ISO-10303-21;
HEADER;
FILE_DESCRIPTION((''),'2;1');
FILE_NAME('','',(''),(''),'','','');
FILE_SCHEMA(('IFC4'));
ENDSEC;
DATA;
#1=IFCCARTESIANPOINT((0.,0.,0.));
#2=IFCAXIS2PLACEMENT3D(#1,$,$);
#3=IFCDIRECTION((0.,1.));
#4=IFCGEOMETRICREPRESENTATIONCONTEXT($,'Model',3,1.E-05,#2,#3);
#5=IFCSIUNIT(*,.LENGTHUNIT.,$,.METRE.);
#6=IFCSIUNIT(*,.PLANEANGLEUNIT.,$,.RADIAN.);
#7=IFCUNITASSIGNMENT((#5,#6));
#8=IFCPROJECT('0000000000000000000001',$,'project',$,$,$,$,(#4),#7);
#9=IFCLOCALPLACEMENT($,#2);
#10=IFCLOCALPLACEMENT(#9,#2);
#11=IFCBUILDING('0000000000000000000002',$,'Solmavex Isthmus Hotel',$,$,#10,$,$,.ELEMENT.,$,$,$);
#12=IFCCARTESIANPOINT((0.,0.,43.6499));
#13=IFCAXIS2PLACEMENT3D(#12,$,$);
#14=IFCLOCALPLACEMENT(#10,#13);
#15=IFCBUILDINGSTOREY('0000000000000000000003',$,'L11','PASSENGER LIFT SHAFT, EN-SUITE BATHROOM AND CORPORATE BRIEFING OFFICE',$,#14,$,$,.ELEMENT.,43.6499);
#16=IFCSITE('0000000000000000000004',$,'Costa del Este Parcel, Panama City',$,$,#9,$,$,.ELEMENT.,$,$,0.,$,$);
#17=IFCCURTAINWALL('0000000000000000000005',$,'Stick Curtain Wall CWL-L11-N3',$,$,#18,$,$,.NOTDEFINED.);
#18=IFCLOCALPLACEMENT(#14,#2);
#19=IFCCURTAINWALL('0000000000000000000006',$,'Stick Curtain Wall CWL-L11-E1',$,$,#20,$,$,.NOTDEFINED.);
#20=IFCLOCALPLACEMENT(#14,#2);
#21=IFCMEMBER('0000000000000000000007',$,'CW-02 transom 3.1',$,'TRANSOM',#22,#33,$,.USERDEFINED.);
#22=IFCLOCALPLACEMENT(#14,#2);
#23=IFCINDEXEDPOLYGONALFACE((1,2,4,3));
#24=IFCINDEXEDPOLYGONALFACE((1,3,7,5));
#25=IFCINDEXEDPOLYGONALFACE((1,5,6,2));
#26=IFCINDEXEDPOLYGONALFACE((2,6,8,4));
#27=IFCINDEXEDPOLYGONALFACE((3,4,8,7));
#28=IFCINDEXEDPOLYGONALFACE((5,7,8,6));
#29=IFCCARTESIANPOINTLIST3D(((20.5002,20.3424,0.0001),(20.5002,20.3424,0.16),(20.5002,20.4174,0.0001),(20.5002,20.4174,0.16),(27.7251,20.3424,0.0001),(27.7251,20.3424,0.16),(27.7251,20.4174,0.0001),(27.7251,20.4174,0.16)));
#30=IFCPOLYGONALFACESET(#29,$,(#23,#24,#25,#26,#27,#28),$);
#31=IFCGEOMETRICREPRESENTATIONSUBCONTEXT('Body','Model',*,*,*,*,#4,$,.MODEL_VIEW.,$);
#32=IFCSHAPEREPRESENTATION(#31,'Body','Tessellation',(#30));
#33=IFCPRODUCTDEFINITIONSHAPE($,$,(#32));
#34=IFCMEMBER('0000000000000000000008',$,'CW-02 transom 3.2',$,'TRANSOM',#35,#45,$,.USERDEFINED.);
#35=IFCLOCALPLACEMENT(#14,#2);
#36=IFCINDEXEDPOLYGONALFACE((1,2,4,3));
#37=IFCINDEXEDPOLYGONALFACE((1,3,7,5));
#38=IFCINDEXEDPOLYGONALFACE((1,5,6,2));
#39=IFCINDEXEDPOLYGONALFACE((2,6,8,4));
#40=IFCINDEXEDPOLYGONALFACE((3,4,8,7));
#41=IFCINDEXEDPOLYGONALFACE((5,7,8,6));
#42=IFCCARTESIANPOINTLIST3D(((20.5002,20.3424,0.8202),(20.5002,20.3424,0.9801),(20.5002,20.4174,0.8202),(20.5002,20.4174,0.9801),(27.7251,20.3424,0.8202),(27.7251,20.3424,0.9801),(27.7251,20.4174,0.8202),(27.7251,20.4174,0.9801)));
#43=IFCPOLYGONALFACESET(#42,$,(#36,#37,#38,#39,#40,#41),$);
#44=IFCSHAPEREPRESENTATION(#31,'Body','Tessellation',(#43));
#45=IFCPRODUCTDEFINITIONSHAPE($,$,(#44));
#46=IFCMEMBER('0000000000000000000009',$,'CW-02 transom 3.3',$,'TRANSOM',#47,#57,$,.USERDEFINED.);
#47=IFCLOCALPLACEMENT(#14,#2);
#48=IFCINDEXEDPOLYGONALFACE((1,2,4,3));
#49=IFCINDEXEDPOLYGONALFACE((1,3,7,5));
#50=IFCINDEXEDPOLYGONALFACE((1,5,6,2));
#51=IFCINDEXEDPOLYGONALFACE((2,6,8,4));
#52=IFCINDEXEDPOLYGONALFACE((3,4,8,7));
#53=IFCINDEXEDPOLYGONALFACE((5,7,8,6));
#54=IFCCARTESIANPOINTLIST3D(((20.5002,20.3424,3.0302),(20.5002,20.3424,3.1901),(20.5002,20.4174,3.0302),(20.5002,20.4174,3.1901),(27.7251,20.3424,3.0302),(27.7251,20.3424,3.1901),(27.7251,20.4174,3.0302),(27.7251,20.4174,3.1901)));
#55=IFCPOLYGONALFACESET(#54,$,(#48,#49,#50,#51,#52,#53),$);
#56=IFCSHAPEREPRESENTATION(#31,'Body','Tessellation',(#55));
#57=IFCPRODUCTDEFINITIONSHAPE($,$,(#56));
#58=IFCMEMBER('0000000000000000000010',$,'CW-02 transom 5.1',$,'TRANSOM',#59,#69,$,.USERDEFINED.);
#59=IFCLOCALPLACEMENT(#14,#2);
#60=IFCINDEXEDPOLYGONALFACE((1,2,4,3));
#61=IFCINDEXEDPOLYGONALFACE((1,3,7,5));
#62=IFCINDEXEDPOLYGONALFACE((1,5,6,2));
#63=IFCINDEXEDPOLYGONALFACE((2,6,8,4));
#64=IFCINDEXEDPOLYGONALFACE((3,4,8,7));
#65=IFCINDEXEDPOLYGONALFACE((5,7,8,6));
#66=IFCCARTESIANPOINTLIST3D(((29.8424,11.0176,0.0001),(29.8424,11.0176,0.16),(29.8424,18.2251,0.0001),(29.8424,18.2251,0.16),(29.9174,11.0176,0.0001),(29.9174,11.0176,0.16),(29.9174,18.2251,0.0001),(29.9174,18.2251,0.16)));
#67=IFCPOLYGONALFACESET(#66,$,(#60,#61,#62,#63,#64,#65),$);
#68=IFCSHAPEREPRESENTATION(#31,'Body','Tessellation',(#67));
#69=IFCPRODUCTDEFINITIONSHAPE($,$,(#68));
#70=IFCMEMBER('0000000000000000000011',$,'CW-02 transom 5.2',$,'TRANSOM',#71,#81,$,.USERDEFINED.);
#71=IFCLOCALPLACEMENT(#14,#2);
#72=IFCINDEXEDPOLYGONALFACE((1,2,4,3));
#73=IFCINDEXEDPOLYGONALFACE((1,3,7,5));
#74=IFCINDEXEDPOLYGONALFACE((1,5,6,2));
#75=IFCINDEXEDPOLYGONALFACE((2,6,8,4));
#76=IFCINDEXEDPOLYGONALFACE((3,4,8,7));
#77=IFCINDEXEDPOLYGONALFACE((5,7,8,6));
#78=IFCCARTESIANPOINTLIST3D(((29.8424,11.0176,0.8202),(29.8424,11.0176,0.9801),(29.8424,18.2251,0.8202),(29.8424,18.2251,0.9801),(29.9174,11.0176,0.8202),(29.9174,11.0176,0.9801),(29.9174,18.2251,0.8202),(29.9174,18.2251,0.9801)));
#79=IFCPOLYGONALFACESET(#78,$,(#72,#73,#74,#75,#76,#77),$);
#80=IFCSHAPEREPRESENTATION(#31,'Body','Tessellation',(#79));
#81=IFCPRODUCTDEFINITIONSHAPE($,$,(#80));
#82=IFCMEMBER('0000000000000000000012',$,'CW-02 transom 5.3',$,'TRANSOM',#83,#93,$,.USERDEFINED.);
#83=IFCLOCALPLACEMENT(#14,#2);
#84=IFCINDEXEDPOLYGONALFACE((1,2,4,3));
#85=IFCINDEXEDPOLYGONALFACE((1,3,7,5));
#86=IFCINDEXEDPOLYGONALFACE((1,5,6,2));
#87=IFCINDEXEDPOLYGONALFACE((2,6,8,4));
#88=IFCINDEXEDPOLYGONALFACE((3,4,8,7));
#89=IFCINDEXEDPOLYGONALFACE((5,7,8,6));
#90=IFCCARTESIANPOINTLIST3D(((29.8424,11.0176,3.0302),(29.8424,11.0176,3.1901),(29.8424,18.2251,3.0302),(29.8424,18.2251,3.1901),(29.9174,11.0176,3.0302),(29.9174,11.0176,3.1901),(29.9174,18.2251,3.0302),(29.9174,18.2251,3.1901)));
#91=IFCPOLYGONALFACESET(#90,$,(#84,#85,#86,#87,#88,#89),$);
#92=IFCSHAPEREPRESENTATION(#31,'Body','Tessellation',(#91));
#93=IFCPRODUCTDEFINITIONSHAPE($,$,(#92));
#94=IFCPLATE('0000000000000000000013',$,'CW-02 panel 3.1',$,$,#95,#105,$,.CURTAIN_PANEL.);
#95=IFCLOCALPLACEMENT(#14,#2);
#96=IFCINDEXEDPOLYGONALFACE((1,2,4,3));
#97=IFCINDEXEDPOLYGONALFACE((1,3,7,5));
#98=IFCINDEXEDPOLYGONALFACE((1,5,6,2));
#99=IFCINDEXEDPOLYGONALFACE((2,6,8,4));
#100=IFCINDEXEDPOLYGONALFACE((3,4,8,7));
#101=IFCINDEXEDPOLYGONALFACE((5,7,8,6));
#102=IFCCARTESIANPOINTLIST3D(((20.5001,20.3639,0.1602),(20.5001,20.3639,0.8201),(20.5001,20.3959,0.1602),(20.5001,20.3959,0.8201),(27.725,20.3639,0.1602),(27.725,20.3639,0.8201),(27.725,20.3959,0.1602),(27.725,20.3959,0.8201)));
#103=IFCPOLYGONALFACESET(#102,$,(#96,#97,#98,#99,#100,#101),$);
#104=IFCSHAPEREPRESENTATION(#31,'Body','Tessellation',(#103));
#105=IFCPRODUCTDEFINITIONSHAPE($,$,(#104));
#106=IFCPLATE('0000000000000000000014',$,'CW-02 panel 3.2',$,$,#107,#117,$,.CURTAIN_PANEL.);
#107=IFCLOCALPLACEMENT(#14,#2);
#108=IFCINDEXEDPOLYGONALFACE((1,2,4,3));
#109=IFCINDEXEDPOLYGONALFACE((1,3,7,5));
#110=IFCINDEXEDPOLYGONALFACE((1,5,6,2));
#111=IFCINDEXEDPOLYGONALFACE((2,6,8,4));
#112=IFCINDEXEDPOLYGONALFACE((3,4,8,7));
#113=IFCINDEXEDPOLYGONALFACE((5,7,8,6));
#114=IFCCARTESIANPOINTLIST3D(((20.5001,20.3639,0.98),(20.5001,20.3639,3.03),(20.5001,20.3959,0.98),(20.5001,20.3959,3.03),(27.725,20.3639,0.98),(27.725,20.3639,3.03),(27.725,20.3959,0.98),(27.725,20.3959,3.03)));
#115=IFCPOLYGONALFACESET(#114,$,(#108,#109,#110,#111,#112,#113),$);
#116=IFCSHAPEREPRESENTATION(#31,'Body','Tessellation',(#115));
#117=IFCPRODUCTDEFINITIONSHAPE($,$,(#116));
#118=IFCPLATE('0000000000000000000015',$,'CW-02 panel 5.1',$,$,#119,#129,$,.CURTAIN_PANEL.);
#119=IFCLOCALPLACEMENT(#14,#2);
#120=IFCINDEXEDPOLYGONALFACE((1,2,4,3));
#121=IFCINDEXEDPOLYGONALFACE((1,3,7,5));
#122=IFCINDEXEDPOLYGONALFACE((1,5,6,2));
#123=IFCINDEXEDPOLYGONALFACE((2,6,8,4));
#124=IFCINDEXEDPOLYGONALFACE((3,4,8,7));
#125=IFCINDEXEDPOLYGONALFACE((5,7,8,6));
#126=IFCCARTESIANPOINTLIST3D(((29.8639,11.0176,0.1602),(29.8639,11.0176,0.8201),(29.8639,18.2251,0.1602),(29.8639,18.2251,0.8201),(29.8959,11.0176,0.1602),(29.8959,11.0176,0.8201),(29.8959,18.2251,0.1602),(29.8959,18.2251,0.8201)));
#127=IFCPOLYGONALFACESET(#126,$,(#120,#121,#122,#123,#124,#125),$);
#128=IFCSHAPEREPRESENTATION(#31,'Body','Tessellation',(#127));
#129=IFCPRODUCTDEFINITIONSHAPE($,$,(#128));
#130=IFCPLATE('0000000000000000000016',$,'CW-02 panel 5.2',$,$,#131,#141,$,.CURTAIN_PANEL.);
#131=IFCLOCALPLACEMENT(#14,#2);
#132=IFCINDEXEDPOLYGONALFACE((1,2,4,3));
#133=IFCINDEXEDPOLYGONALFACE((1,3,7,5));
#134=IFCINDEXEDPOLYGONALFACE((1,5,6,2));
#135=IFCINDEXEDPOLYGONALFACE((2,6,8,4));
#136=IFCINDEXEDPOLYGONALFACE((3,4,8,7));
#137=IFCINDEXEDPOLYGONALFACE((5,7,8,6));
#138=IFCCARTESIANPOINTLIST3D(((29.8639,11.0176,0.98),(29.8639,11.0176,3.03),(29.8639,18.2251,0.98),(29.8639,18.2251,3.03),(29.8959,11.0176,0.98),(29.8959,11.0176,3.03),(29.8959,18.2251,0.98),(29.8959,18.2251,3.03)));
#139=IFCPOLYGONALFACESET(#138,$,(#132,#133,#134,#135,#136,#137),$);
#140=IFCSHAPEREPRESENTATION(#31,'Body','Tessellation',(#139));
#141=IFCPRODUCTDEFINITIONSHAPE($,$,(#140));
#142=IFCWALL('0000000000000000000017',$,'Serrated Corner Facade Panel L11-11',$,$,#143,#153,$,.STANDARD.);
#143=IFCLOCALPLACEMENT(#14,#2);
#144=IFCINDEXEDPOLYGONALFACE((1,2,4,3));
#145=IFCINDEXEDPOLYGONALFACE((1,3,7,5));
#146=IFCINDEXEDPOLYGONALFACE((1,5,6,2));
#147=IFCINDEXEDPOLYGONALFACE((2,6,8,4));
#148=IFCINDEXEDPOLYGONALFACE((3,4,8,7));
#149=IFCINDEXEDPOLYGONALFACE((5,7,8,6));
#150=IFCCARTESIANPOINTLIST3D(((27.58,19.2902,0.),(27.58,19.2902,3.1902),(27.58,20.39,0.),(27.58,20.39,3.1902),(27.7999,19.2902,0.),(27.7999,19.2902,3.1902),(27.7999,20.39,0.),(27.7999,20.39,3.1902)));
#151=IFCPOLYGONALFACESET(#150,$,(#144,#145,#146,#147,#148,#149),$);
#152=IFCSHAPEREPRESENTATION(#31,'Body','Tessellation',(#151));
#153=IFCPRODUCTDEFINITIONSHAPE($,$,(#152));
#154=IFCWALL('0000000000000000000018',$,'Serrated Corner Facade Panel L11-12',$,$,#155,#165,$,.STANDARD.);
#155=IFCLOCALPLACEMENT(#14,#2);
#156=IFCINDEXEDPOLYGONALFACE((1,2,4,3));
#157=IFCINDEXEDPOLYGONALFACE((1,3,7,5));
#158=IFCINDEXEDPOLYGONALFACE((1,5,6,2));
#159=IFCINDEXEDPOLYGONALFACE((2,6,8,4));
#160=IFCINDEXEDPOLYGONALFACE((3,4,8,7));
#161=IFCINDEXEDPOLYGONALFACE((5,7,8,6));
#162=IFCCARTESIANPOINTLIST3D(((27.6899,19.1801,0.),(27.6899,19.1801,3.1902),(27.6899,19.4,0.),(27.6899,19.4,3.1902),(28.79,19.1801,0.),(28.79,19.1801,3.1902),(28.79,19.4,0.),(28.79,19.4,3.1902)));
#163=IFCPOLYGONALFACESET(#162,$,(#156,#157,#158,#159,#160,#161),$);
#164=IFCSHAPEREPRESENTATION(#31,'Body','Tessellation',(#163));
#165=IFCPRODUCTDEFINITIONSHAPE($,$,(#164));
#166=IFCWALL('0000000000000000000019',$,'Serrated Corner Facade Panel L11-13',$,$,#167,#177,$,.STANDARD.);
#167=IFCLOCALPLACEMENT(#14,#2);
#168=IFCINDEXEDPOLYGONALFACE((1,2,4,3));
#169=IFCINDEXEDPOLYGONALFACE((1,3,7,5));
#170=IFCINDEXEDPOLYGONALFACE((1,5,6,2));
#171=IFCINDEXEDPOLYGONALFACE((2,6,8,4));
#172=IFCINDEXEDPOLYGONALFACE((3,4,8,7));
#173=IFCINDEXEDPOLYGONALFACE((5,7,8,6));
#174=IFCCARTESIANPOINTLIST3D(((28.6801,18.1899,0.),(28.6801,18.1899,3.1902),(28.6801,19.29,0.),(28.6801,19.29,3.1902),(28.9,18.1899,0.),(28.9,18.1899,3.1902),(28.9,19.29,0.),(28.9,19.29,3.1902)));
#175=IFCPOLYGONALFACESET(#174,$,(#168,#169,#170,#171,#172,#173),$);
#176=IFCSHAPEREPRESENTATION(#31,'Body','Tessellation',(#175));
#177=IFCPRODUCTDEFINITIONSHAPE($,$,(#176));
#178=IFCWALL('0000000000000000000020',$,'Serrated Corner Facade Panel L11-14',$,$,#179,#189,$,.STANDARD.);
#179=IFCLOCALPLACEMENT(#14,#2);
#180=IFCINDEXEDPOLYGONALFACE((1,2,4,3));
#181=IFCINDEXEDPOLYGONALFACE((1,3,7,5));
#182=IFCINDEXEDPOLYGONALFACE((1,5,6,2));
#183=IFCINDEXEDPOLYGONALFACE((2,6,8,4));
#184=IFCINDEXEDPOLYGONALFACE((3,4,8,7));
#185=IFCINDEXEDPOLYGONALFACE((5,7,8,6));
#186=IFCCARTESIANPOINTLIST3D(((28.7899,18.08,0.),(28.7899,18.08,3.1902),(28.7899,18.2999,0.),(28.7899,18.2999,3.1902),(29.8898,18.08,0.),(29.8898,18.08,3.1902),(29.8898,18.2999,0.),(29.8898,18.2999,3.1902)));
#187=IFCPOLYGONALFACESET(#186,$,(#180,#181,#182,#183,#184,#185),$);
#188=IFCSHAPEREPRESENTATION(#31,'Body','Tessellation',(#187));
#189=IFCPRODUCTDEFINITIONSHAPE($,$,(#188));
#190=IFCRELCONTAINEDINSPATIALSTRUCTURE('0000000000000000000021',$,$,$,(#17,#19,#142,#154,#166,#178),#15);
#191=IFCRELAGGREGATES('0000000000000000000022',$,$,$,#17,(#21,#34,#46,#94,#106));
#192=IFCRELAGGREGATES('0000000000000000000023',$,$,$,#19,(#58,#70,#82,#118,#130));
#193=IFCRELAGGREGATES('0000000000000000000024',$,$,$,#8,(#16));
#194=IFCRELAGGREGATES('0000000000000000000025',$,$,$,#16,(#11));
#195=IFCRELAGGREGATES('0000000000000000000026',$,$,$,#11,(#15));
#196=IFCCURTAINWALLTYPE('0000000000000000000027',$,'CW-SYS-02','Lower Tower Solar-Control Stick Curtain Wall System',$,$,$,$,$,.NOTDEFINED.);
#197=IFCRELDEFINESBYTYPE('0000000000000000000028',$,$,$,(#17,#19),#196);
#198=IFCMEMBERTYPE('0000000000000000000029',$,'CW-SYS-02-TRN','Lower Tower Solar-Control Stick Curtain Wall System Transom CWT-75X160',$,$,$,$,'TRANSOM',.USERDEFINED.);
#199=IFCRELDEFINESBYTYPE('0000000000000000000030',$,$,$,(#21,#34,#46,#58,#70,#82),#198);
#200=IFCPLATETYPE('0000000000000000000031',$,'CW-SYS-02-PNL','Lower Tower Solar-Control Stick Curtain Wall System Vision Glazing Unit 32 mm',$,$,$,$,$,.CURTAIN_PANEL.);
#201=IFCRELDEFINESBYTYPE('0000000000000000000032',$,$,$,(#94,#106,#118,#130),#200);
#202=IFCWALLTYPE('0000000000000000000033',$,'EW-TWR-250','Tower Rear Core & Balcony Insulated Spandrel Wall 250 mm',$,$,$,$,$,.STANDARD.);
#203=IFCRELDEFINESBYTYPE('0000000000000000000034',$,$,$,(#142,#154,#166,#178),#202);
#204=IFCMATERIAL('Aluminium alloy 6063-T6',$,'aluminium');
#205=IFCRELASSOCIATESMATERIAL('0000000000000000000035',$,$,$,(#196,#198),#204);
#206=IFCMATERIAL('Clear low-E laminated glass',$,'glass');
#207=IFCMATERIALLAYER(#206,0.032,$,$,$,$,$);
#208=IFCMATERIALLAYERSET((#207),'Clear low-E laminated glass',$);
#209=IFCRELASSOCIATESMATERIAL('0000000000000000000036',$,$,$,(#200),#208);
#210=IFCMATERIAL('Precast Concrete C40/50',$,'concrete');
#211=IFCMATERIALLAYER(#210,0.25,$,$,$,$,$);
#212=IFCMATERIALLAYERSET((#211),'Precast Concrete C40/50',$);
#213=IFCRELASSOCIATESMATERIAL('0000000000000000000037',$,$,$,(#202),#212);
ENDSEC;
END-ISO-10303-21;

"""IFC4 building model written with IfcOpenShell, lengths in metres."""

from ifc_helpers import new_model, si_unit, direction, frame, frame_2d, origin, origin_2d, place, context, subcontext, project, spatial, rectangle, extrude, material, layer, layer_set, material_profile, profile_set, type_object, element, aggregate, save


model = new_model("IFC4")

# Units and contexts
model_context = context("Model", 3, precision=1e-05, world=origin(), true_north=direction((0.0, 1.0)))
body_context = subcontext(model_context, "Body", "Model", "MODEL_VIEW")
ifc_project = project(units=[si_unit("LENGTHUNIT", "METRE"), si_unit("PLANEANGLEUNIT", "RADIAN")], contexts=[model_context])

# Site, building, storey
site_placement = place(None, origin())
site = spatial("IfcSite", under=ifc_project, at=site_placement, Name="Costa del Este Parcel, Panama City", CompositionType="ELEMENT", RefElevation=0.0)
building_placement = place(site_placement, origin())
building = spatial("IfcBuilding", under=site, at=building_placement, Name="Solmavex Isthmus Hotel", CompositionType="ELEMENT")
storey_placement = place(building_placement, frame((0.0, 0.0, 43.6499)))
storey = spatial("IfcBuildingStorey", under=building, at=storey_placement, Name="L11", Description="PASSENGER LIFT SHAFT, EN-SUITE BATHROOM AND CORPORATE BRIEFING OFFICE", CompositionType="ELEMENT", Elevation=43.6499)

# Curtain wall
ifc_material_1 = material(Name="Aluminium alloy 6063-T6", Category="aluminium")
curtain_wall_type = type_object("IfcCurtainWallType", Name="CW-SYS-02", Description="Lower Tower Solar-Control Stick Curtain Wall System", PredefinedType="NOTDEFINED", material=ifc_material_1)
curtain_wall_1_placement = place(storey_placement, origin())
curtain_wall_1 = element("IfcCurtainWall", 1, at=curtain_wall_1_placement, inside=storey, type_object=curtain_wall_type, Name="Stick Curtain Wall CWL-L11-N3", PredefinedType="NOTDEFINED")

# Curtain wall
curtain_wall_2_placement = place(storey_placement, origin())
curtain_wall_2 = element("IfcCurtainWall", 2, at=curtain_wall_2_placement, inside=storey, type_object=curtain_wall_type, Name="Stick Curtain Wall CWL-L11-E1", PredefinedType="NOTDEFINED")

# Members
ifc_material_profile_1 = material_profile(ifc_material_1, rectangle(XDim=0.075, YDim=0.1599, at=origin_2d()), Name="CWT-75X160")
ifc_profile_set_1 = profile_set([ifc_material_profile_1], Name="Aluminium alloy 6063-T6")
member_type_1 = type_object("IfcMemberType", Name="CW-SYS-02-TRN", Description="Lower Tower Solar-Control Stick Curtain Wall System Transom CWT-75X160", ElementType="TRANSOM", PredefinedType="USERDEFINED", material=ifc_profile_set_1)
member_1_placement = place(storey_placement, frame((20.5002, 20.3799, 0.0801), z_axis=(1.0, 0.0, 0.0), x_axis=(0.0, 1.0, 0.0)))
member_1 = element("IfcMember", 3, at=member_1_placement, type_object=member_type_1, Name="CW-02 transom 3.1", ObjectType="TRANSOM", PredefinedType="USERDEFINED", context=body_context, shape_type="SweptSolid", body=[
    extrude(rectangle(XDim=0.075, YDim=0.1599, at=origin_2d()), origin(), (0.0, 0.0, 1.0), 7.2249),
])
member_2_placement = place(storey_placement, frame((20.5002, 20.3799, 0.9001), z_axis=(1.0, 0.0, 0.0), x_axis=(0.0, 1.0, 0.0)))
member_2 = element("IfcMember", 4, at=member_2_placement, type_object=member_type_1, Name="CW-02 transom 3.2", ObjectType="TRANSOM", PredefinedType="USERDEFINED", context=body_context, shape_type="SweptSolid", body=[
    extrude(rectangle(XDim=0.075, YDim=0.1599, at=origin_2d()), origin(), (0.0, 0.0, 1.0), 7.2249),
])
member_3_placement = place(storey_placement, frame((20.5002, 20.3799, 3.1101), z_axis=(1.0, 0.0, 0.0), x_axis=(0.0, 1.0, 0.0)))
member_3 = element("IfcMember", 5, at=member_3_placement, type_object=member_type_1, Name="CW-02 transom 3.3", ObjectType="TRANSOM", PredefinedType="USERDEFINED", context=body_context, shape_type="SweptSolid", body=[
    extrude(rectangle(XDim=0.075, YDim=0.1599, at=origin_2d()), origin(), (0.0, 0.0, 1.0), 7.2249),
])
member_4_placement = place(storey_placement, frame((29.8799, 11.0176, 0.0801), z_axis=(0.0, 1.0, 0.0), x_axis=(-1.0, 0.0, 0.0)))
member_4 = element("IfcMember", 6, at=member_4_placement, type_object=member_type_1, Name="CW-02 transom 5.1", ObjectType="TRANSOM", PredefinedType="USERDEFINED", context=body_context, shape_type="SweptSolid", body=[
    extrude(rectangle(XDim=0.075, YDim=0.1599, at=origin_2d()), origin(), (0.0, 0.0, 1.0), 7.2075),
])
member_5_placement = place(storey_placement, frame((29.8799, 11.0176, 0.9001), z_axis=(0.0, 1.0, 0.0), x_axis=(-1.0, 0.0, 0.0)))
member_5 = element("IfcMember", 7, at=member_5_placement, type_object=member_type_1, Name="CW-02 transom 5.2", ObjectType="TRANSOM", PredefinedType="USERDEFINED", context=body_context, shape_type="SweptSolid", body=[
    extrude(rectangle(XDim=0.075, YDim=0.1599, at=origin_2d()), origin(), (0.0, 0.0, 1.0), 7.2075),
])
member_6_placement = place(storey_placement, frame((29.8799, 11.0176, 3.1101), z_axis=(0.0, 1.0, 0.0), x_axis=(-1.0, 0.0, 0.0)))
member_6 = element("IfcMember", 8, at=member_6_placement, type_object=member_type_1, Name="CW-02 transom 5.3", ObjectType="TRANSOM", PredefinedType="USERDEFINED", context=body_context, shape_type="SweptSolid", body=[
    extrude(rectangle(XDim=0.075, YDim=0.1599, at=origin_2d()), origin(), (0.0, 0.0, 1.0), 7.2075),
])

# Plates
ifc_material_2 = material(Name="Clear low-E laminated glass", Category="glass")
ifc_layer_1 = layer(ifc_material_2, 0.032)
ifc_layer_set_1 = layer_set([ifc_layer_1], Name="Clear low-E laminated glass")
plate_type = type_object("IfcPlateType", Name="CW-SYS-02-PNL", Description="Lower Tower Solar-Control Stick Curtain Wall System Vision Glazing Unit 32 mm", PredefinedType="CURTAIN_PANEL", material=ifc_layer_set_1)
plate_1_placement = place(storey_placement, frame((24.1125, 20.3799, 0.1602), z_axis=(0.0, 0.0, 1.0), x_axis=(1.0, 0.0, 0.0)))
plate_1 = element("IfcPlate", 9, at=plate_1_placement, type_object=plate_type, Name="CW-02 panel 3.1", PredefinedType="CURTAIN_PANEL", context=body_context, shape_type="SweptSolid", body=[
    extrude(rectangle(XDim=7.2249, YDim=0.032, at=origin_2d()), origin(), (0.0, 0.0, 1.0), 0.6599),
])
plate_2_placement = place(storey_placement, frame((24.1125, 20.3799, 0.98), z_axis=(0.0, 0.0, 1.0), x_axis=(1.0, 0.0, 0.0)))
plate_2 = element("IfcPlate", 10, at=plate_2_placement, type_object=plate_type, Name="CW-02 panel 3.2", PredefinedType="CURTAIN_PANEL", context=body_context, shape_type="SweptSolid", body=[
    extrude(rectangle(XDim=7.2249, YDim=0.032, at=origin_2d()), origin(), (0.0, 0.0, 1.0), 2.05),
])
aggregate(curtain_wall_1, [member_1, member_2, member_3, plate_1, plate_2])
plate_3_placement = place(storey_placement, frame((29.8799, 14.6213, 0.1602), z_axis=(0.0, 0.0, 1.0), x_axis=(0.0, 1.0, 0.0)))
plate_3 = element("IfcPlate", 11, at=plate_3_placement, type_object=plate_type, Name="CW-02 panel 5.1", PredefinedType="CURTAIN_PANEL", context=body_context, shape_type="SweptSolid", body=[
    extrude(rectangle(XDim=7.2075, YDim=0.032, at=origin_2d()), origin(), (0.0, 0.0, 1.0), 0.6599),
])
plate_4_placement = place(storey_placement, frame((29.8799, 14.6213, 0.98), z_axis=(0.0, 0.0, 1.0), x_axis=(0.0, 1.0, 0.0)))
plate_4 = element("IfcPlate", 12, at=plate_4_placement, type_object=plate_type, Name="CW-02 panel 5.2", PredefinedType="CURTAIN_PANEL", context=body_context, shape_type="SweptSolid", body=[
    extrude(rectangle(XDim=7.2075, YDim=0.032, at=origin_2d()), origin(), (0.0, 0.0, 1.0), 2.05),
])
aggregate(curtain_wall_2, [member_4, member_5, member_6, plate_3, plate_4])

# Walls
ifc_material_3 = material(Name="Precast Concrete C40/50", Category="concrete")
ifc_layer_2 = layer(ifc_material_3, 0.25)
ifc_layer_set_2 = layer_set([ifc_layer_2], Name="Precast Concrete C40/50")
wall_type_1 = type_object("IfcWallType", Name="EW-TWR-250", Description="Tower Rear Core & Balcony Insulated Spandrel Wall 250 mm", PredefinedType="STANDARD", material=ifc_layer_set_2)
wall_1_placement = place(storey_placement, frame((27.6899, 20.3899, 0.0), z_axis=(0.0, 0.0, 1.0), x_axis=(0.0, -1.0, 0.0)))
element("IfcWall", 13, at=wall_1_placement, inside=storey, type_object=wall_type_1, Name="Serrated Corner Facade Panel L11-11", PredefinedType="STANDARD", context=body_context, shape_type="SweptSolid", body=[
    extrude(rectangle(XDim=1.0999, YDim=0.22, at=frame_2d((0.5498, 0.0))), origin(), (0.0, 0.0, 1.0), 3.1902),
])
for number, where, z_axis, x_axis, name in (
    (14, (27.6899, 19.29, 0.0), (0.0, 0.0, 1.0), (1.0, 0.0, 0.0), "Serrated Corner Facade Panel L11-12"),
    (15, (28.79, 19.29, 0.0), (0.0, 0.0, 1.0), (0.0, -1.0, 0.0), "Serrated Corner Facade Panel L11-13"),
):
    element("IfcWall", number, at=place(storey_placement, frame(where, z_axis=z_axis, x_axis=x_axis)), inside=storey, type_object=wall_type_1, Name=name, PredefinedType="STANDARD", context=body_context, shape_type="SweptSolid", body=[
        extrude(rectangle(XDim=1.1001, YDim=0.22, at=frame_2d((0.55, 0.0))), origin(), (0.0, 0.0, 1.0), 3.1902),
    ])
wall_2_placement = place(storey_placement, frame((28.79, 18.1899, 0.0), z_axis=(0.0, 0.0, 1.0), x_axis=(1.0, 0.0, 0.0)))
element("IfcWall", 16, at=wall_2_placement, inside=storey, type_object=wall_type_1, Name="Serrated Corner Facade Panel L11-14", PredefinedType="STANDARD", context=body_context, shape_type="SweptSolid", body=[
    extrude(rectangle(XDim=1.0999, YDim=0.22, at=frame_2d((0.5498, 0.0))), origin(), (0.0, 0.0, 1.0), 3.1902),
])

save(model, "model.ifc")
